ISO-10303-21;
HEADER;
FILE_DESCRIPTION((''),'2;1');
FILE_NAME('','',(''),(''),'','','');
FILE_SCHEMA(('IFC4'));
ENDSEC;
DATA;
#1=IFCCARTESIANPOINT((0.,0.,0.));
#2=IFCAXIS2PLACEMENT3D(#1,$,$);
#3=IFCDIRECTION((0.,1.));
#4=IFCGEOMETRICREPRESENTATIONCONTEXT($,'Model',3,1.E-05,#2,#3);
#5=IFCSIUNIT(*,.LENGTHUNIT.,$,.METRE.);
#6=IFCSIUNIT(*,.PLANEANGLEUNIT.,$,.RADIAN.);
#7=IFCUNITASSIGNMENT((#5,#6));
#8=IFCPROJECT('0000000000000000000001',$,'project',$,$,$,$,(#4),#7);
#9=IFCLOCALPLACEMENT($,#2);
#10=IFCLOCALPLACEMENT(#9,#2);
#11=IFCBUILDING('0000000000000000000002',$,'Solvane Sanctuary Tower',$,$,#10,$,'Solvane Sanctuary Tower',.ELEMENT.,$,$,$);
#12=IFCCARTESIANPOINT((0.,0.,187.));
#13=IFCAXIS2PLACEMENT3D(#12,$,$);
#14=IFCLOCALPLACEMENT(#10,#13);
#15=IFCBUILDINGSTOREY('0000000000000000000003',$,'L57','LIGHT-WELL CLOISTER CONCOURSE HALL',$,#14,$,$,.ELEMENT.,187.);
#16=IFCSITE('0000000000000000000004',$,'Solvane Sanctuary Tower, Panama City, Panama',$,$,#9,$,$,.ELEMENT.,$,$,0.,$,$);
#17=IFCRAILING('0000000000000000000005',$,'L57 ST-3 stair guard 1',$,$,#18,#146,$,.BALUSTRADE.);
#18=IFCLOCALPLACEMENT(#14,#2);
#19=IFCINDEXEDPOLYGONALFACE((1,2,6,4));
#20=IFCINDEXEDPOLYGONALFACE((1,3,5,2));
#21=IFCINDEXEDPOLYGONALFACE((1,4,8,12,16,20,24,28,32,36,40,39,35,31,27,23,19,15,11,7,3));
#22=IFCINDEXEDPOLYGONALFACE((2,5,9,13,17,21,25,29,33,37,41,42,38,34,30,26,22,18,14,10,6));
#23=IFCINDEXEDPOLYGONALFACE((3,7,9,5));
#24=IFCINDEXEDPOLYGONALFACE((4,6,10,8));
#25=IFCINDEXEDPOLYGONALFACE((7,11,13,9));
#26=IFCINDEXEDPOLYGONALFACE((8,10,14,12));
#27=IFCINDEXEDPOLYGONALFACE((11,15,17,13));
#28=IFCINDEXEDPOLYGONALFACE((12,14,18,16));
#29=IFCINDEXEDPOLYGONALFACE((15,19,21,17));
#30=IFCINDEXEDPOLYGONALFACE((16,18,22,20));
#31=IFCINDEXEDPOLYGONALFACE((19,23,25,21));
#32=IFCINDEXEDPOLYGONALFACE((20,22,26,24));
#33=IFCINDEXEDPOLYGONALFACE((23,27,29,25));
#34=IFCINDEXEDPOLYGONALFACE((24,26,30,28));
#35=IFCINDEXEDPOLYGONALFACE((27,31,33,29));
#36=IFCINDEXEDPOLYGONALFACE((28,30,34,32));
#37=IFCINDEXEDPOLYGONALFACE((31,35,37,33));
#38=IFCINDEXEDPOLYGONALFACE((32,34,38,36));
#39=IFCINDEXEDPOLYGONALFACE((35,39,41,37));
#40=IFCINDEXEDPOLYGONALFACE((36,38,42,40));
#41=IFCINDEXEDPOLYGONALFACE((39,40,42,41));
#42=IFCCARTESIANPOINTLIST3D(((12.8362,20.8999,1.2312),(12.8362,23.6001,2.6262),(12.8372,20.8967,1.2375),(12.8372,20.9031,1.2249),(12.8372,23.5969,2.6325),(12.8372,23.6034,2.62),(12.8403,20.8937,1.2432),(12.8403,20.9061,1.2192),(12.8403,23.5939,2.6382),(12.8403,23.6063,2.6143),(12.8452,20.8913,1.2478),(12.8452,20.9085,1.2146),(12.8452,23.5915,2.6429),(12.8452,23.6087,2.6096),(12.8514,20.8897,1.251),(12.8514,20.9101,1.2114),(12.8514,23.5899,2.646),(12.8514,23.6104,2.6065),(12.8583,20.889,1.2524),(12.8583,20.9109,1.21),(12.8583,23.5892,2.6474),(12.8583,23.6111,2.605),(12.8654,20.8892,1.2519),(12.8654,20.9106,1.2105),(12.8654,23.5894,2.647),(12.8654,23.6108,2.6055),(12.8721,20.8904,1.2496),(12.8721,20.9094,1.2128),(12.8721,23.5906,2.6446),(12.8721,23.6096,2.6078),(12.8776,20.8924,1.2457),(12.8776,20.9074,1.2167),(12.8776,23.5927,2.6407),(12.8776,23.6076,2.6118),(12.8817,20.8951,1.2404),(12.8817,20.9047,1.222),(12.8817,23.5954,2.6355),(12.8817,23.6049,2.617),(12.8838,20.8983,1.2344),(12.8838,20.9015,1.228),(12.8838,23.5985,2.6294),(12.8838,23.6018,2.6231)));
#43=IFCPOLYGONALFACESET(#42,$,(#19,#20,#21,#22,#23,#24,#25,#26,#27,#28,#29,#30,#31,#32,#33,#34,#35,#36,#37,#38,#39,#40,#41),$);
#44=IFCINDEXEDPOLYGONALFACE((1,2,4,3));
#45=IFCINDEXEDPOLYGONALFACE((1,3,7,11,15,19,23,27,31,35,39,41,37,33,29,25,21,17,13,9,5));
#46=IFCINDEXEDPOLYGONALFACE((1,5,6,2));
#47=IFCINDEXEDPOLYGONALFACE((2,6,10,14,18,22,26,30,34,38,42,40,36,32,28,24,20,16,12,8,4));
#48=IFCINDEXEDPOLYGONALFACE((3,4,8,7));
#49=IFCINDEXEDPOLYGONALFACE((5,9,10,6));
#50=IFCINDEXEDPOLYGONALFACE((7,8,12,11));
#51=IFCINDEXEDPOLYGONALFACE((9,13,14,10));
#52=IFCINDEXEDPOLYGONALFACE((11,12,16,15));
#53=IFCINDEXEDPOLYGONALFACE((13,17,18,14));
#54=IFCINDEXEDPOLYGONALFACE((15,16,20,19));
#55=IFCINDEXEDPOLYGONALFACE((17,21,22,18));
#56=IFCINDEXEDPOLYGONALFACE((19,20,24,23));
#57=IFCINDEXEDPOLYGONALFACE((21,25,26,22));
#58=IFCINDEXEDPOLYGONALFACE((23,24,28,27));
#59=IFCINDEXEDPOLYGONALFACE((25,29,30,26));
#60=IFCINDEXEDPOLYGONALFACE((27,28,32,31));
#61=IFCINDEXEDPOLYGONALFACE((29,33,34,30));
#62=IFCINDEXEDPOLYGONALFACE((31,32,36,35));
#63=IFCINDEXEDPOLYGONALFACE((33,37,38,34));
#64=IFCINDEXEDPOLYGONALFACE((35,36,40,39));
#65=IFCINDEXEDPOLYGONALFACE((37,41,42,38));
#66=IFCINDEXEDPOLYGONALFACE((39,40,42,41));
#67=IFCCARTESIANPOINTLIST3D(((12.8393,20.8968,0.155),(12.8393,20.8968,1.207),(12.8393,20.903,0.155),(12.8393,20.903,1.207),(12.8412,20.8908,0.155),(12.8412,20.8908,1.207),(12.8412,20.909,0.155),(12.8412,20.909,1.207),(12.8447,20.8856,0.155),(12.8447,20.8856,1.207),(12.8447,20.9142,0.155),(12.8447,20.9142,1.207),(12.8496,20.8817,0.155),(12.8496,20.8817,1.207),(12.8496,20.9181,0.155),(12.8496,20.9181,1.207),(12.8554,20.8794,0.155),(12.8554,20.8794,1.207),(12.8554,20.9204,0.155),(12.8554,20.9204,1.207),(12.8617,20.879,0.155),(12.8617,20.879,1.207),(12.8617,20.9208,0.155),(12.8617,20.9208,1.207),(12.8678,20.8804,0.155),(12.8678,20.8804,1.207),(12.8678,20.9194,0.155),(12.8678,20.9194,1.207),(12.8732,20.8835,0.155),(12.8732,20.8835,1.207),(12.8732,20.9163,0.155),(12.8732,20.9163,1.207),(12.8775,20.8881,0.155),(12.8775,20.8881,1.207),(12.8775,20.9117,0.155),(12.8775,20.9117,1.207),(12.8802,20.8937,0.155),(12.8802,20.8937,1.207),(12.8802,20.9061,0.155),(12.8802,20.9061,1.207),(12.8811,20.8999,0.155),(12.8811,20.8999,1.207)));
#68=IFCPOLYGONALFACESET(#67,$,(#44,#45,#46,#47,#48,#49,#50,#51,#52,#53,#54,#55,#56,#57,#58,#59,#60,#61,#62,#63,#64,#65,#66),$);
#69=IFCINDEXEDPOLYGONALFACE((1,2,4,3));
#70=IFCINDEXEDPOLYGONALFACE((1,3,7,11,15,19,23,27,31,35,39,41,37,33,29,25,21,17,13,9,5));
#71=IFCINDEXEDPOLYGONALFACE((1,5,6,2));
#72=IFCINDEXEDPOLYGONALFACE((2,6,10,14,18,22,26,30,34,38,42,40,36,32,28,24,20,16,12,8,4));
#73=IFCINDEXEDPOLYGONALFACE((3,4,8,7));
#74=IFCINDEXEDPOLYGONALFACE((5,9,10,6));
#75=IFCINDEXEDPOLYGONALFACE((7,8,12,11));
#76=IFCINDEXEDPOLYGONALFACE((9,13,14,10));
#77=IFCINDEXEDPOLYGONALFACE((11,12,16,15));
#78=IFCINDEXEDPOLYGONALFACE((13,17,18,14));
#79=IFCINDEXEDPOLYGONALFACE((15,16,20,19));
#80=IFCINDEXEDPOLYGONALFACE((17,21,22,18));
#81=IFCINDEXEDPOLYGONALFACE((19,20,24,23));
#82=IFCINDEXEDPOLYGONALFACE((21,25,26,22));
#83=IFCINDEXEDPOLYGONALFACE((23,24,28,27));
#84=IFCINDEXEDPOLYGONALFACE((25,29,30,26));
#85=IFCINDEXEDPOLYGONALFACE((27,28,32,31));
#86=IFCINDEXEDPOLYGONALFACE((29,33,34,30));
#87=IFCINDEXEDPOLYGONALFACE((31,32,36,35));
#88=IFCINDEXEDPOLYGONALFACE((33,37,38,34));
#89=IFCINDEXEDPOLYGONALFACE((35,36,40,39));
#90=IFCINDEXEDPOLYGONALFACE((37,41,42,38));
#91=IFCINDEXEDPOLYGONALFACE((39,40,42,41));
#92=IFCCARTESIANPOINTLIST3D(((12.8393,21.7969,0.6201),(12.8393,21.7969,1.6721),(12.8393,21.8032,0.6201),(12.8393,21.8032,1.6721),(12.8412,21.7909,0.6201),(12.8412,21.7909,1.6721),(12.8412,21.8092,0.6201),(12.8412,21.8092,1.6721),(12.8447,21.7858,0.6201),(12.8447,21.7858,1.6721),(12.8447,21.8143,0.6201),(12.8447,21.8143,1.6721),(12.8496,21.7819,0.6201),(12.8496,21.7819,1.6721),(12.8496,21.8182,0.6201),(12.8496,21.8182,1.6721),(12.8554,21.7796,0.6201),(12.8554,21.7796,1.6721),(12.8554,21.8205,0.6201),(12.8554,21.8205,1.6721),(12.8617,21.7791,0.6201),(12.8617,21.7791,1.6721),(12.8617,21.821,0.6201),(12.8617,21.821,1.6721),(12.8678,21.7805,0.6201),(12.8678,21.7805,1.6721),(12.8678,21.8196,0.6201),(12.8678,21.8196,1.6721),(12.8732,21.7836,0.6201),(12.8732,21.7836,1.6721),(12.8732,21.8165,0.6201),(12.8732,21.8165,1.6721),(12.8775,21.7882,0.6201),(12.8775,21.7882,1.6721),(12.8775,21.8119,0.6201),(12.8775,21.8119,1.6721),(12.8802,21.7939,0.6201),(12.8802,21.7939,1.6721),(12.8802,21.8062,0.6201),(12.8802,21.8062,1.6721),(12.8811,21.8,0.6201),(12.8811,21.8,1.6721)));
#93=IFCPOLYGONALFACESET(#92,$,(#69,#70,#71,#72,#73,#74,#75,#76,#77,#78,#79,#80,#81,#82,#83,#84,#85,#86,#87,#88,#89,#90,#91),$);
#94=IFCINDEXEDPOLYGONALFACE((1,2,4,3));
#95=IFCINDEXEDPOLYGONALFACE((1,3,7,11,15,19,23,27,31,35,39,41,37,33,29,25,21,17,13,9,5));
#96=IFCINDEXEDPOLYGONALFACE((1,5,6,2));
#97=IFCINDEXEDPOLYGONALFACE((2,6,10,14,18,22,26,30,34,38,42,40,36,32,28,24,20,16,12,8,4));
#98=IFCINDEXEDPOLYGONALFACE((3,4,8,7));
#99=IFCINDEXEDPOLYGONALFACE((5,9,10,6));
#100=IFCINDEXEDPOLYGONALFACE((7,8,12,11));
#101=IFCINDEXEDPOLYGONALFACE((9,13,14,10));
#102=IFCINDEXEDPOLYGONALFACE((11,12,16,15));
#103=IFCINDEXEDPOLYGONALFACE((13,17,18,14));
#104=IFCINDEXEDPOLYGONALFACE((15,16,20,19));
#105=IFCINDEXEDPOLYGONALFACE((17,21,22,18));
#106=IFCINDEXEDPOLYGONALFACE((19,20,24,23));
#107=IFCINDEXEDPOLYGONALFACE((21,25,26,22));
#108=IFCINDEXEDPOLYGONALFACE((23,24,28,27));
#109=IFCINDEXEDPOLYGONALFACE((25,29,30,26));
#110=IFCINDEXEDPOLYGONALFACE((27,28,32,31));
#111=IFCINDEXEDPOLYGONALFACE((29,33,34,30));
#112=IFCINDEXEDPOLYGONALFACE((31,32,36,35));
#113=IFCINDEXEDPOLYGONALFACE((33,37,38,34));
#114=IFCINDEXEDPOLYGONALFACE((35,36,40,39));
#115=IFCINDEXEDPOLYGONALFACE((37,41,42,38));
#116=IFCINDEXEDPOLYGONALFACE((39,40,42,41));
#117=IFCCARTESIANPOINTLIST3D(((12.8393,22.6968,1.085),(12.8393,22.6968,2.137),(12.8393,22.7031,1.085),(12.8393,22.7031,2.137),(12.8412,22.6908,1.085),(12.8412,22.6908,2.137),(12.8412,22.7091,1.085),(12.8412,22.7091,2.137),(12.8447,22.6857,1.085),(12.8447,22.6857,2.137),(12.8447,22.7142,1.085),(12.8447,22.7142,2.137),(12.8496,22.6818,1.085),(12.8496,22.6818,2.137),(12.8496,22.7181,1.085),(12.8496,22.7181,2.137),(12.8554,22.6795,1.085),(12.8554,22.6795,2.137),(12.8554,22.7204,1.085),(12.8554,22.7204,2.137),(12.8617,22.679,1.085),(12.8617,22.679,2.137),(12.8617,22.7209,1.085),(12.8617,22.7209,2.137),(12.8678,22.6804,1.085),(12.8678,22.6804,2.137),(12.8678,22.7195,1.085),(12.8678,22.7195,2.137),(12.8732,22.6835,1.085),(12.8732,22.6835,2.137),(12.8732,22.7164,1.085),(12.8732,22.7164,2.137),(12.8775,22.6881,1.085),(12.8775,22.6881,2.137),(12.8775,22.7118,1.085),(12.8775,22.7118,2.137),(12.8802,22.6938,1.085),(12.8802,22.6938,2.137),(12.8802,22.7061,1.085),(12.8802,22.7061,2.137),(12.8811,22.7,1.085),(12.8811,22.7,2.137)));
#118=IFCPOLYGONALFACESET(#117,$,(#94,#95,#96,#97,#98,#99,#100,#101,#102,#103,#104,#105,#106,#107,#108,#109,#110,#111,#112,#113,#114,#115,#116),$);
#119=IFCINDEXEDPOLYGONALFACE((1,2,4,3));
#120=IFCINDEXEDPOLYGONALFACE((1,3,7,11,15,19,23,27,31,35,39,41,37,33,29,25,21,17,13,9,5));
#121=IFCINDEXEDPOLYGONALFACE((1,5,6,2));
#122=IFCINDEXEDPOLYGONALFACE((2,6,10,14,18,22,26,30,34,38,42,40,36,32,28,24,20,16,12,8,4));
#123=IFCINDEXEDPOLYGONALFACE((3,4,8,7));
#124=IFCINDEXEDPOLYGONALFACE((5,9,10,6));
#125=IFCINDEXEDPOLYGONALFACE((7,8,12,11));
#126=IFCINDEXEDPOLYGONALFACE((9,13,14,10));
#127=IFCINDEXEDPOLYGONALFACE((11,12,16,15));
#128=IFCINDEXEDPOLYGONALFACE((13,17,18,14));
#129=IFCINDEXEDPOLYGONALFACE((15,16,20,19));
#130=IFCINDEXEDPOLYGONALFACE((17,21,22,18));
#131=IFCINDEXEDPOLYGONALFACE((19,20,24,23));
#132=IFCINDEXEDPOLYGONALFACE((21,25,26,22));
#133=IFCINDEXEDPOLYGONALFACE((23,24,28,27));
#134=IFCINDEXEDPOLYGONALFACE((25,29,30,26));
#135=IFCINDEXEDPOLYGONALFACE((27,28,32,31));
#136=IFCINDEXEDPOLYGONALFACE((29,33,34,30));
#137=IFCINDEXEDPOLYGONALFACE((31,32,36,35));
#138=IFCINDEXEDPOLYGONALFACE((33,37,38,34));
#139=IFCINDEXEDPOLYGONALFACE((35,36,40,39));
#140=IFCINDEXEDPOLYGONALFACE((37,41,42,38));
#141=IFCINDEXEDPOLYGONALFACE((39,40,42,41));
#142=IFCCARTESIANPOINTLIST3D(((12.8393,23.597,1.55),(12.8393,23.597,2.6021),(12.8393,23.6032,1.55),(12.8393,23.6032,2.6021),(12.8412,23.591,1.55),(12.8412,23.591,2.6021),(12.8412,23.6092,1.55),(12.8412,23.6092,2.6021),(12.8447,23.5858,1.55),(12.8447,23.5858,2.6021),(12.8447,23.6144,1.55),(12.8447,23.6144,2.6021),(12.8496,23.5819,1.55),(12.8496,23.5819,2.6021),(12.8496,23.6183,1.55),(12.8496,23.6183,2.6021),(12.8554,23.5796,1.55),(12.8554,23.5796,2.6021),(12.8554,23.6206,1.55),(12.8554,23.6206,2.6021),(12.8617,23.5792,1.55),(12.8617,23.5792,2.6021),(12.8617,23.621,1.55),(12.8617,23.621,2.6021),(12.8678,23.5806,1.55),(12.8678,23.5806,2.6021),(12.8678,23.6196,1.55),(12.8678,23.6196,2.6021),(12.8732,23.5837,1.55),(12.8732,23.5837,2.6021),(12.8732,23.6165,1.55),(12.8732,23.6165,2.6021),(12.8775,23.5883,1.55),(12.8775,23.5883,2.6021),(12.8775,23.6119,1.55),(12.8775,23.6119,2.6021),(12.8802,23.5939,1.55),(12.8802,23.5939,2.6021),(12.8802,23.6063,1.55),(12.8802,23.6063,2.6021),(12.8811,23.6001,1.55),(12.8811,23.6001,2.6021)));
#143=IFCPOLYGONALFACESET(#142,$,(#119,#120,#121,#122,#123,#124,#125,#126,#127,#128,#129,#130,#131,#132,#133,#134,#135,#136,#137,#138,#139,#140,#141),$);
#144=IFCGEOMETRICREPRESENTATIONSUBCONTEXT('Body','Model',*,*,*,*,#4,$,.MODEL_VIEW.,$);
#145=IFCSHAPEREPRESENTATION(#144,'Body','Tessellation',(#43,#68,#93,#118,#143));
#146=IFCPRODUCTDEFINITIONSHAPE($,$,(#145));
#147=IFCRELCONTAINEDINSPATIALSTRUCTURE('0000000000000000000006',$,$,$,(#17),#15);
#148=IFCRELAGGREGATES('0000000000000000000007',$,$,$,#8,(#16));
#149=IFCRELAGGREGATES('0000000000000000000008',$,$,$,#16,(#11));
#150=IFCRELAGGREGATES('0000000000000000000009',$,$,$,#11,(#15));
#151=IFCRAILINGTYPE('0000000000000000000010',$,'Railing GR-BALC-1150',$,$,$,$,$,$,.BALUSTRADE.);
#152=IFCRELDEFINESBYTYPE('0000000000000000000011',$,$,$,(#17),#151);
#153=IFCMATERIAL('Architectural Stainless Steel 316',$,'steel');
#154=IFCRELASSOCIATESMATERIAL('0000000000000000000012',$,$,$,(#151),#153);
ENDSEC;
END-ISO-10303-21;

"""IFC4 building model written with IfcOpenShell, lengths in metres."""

from ifc_helpers import new_model, si_unit, direction, frame, origin, origin_2d, place, context, subcontext, project, spatial, circle, extrude, material, type_object, element, save


model = new_model("IFC4")

# Units and contexts
model_context = context("Model", 3, precision=1e-05, world=origin(), true_north=direction((0.0, 1.0)))
body_context = subcontext(model_context, "Body", "Model", "MODEL_VIEW")
ifc_project = project(units=[si_unit("LENGTHUNIT", "METRE"), si_unit("PLANEANGLEUNIT", "RADIAN")], contexts=[model_context])

# Site, building, storey
site_placement = place(None, origin())
site = spatial("IfcSite", under=ifc_project, at=site_placement, Name="Solvane Sanctuary Tower, Panama City, Panama", CompositionType="ELEMENT", RefElevation=0.0)
building_placement = place(site_placement, origin())
building = spatial("IfcBuilding", under=site, at=building_placement, Name="Solvane Sanctuary Tower", LongName="Solvane Sanctuary Tower", CompositionType="ELEMENT")
storey_placement = place(building_placement, frame((0.0, 0.0, 187.0)))
storey = spatial("IfcBuildingStorey", under=building, at=storey_placement, Name="L57", Description="LIGHT-WELL CLOISTER CONCOURSE HALL", CompositionType="ELEMENT", Elevation=187.0)

# Railing
ifc_material_1 = material(Name="Architectural Stainless Steel 316", Category="steel")
railing_type_1 = type_object("IfcRailingType", Name="Railing GR-BALC-1150", PredefinedType="BALUSTRADE", material=ifc_material_1)
railing_1_placement = place(storey_placement, frame((12.8601, 20.8999, 0.155)))
element("IfcRailing", 1, at=railing_1_placement, inside=storey, type_object=railing_type_1, Name="L57 ST-3 stair guard 1", PredefinedType="BALUSTRADE", context=body_context, shape_type="SweptSolid", body=[
    extrude(circle(Radius=0.0239, at=origin_2d()), frame((0.0, 0.0, 1.0762), z_axis=(0.0, 0.888437, 0.458999), x_axis=(-1.0, 0.0, 0.0)), (0.0, 0.0, 1.0), 3.0393),
    extrude(circle(Radius=0.021, at=origin_2d()), origin(), (0.0, 0.0, 1.0), 1.052),
    extrude(circle(Radius=0.021, at=origin_2d()), frame((0.0, 0.9001, 0.4651)), (0.0, 0.0, 1.0), 1.052),
    extrude(circle(Radius=0.021, at=origin_2d()), frame((0.0, 1.8, 0.9299)), (0.0, 0.0, 1.0), 1.052),
    extrude(circle(Radius=0.021, at=origin_2d()), frame((0.0, 2.7002, 1.395)), (0.0, 0.0, 1.0), 1.052),
])

save(model, "model.ifc")
